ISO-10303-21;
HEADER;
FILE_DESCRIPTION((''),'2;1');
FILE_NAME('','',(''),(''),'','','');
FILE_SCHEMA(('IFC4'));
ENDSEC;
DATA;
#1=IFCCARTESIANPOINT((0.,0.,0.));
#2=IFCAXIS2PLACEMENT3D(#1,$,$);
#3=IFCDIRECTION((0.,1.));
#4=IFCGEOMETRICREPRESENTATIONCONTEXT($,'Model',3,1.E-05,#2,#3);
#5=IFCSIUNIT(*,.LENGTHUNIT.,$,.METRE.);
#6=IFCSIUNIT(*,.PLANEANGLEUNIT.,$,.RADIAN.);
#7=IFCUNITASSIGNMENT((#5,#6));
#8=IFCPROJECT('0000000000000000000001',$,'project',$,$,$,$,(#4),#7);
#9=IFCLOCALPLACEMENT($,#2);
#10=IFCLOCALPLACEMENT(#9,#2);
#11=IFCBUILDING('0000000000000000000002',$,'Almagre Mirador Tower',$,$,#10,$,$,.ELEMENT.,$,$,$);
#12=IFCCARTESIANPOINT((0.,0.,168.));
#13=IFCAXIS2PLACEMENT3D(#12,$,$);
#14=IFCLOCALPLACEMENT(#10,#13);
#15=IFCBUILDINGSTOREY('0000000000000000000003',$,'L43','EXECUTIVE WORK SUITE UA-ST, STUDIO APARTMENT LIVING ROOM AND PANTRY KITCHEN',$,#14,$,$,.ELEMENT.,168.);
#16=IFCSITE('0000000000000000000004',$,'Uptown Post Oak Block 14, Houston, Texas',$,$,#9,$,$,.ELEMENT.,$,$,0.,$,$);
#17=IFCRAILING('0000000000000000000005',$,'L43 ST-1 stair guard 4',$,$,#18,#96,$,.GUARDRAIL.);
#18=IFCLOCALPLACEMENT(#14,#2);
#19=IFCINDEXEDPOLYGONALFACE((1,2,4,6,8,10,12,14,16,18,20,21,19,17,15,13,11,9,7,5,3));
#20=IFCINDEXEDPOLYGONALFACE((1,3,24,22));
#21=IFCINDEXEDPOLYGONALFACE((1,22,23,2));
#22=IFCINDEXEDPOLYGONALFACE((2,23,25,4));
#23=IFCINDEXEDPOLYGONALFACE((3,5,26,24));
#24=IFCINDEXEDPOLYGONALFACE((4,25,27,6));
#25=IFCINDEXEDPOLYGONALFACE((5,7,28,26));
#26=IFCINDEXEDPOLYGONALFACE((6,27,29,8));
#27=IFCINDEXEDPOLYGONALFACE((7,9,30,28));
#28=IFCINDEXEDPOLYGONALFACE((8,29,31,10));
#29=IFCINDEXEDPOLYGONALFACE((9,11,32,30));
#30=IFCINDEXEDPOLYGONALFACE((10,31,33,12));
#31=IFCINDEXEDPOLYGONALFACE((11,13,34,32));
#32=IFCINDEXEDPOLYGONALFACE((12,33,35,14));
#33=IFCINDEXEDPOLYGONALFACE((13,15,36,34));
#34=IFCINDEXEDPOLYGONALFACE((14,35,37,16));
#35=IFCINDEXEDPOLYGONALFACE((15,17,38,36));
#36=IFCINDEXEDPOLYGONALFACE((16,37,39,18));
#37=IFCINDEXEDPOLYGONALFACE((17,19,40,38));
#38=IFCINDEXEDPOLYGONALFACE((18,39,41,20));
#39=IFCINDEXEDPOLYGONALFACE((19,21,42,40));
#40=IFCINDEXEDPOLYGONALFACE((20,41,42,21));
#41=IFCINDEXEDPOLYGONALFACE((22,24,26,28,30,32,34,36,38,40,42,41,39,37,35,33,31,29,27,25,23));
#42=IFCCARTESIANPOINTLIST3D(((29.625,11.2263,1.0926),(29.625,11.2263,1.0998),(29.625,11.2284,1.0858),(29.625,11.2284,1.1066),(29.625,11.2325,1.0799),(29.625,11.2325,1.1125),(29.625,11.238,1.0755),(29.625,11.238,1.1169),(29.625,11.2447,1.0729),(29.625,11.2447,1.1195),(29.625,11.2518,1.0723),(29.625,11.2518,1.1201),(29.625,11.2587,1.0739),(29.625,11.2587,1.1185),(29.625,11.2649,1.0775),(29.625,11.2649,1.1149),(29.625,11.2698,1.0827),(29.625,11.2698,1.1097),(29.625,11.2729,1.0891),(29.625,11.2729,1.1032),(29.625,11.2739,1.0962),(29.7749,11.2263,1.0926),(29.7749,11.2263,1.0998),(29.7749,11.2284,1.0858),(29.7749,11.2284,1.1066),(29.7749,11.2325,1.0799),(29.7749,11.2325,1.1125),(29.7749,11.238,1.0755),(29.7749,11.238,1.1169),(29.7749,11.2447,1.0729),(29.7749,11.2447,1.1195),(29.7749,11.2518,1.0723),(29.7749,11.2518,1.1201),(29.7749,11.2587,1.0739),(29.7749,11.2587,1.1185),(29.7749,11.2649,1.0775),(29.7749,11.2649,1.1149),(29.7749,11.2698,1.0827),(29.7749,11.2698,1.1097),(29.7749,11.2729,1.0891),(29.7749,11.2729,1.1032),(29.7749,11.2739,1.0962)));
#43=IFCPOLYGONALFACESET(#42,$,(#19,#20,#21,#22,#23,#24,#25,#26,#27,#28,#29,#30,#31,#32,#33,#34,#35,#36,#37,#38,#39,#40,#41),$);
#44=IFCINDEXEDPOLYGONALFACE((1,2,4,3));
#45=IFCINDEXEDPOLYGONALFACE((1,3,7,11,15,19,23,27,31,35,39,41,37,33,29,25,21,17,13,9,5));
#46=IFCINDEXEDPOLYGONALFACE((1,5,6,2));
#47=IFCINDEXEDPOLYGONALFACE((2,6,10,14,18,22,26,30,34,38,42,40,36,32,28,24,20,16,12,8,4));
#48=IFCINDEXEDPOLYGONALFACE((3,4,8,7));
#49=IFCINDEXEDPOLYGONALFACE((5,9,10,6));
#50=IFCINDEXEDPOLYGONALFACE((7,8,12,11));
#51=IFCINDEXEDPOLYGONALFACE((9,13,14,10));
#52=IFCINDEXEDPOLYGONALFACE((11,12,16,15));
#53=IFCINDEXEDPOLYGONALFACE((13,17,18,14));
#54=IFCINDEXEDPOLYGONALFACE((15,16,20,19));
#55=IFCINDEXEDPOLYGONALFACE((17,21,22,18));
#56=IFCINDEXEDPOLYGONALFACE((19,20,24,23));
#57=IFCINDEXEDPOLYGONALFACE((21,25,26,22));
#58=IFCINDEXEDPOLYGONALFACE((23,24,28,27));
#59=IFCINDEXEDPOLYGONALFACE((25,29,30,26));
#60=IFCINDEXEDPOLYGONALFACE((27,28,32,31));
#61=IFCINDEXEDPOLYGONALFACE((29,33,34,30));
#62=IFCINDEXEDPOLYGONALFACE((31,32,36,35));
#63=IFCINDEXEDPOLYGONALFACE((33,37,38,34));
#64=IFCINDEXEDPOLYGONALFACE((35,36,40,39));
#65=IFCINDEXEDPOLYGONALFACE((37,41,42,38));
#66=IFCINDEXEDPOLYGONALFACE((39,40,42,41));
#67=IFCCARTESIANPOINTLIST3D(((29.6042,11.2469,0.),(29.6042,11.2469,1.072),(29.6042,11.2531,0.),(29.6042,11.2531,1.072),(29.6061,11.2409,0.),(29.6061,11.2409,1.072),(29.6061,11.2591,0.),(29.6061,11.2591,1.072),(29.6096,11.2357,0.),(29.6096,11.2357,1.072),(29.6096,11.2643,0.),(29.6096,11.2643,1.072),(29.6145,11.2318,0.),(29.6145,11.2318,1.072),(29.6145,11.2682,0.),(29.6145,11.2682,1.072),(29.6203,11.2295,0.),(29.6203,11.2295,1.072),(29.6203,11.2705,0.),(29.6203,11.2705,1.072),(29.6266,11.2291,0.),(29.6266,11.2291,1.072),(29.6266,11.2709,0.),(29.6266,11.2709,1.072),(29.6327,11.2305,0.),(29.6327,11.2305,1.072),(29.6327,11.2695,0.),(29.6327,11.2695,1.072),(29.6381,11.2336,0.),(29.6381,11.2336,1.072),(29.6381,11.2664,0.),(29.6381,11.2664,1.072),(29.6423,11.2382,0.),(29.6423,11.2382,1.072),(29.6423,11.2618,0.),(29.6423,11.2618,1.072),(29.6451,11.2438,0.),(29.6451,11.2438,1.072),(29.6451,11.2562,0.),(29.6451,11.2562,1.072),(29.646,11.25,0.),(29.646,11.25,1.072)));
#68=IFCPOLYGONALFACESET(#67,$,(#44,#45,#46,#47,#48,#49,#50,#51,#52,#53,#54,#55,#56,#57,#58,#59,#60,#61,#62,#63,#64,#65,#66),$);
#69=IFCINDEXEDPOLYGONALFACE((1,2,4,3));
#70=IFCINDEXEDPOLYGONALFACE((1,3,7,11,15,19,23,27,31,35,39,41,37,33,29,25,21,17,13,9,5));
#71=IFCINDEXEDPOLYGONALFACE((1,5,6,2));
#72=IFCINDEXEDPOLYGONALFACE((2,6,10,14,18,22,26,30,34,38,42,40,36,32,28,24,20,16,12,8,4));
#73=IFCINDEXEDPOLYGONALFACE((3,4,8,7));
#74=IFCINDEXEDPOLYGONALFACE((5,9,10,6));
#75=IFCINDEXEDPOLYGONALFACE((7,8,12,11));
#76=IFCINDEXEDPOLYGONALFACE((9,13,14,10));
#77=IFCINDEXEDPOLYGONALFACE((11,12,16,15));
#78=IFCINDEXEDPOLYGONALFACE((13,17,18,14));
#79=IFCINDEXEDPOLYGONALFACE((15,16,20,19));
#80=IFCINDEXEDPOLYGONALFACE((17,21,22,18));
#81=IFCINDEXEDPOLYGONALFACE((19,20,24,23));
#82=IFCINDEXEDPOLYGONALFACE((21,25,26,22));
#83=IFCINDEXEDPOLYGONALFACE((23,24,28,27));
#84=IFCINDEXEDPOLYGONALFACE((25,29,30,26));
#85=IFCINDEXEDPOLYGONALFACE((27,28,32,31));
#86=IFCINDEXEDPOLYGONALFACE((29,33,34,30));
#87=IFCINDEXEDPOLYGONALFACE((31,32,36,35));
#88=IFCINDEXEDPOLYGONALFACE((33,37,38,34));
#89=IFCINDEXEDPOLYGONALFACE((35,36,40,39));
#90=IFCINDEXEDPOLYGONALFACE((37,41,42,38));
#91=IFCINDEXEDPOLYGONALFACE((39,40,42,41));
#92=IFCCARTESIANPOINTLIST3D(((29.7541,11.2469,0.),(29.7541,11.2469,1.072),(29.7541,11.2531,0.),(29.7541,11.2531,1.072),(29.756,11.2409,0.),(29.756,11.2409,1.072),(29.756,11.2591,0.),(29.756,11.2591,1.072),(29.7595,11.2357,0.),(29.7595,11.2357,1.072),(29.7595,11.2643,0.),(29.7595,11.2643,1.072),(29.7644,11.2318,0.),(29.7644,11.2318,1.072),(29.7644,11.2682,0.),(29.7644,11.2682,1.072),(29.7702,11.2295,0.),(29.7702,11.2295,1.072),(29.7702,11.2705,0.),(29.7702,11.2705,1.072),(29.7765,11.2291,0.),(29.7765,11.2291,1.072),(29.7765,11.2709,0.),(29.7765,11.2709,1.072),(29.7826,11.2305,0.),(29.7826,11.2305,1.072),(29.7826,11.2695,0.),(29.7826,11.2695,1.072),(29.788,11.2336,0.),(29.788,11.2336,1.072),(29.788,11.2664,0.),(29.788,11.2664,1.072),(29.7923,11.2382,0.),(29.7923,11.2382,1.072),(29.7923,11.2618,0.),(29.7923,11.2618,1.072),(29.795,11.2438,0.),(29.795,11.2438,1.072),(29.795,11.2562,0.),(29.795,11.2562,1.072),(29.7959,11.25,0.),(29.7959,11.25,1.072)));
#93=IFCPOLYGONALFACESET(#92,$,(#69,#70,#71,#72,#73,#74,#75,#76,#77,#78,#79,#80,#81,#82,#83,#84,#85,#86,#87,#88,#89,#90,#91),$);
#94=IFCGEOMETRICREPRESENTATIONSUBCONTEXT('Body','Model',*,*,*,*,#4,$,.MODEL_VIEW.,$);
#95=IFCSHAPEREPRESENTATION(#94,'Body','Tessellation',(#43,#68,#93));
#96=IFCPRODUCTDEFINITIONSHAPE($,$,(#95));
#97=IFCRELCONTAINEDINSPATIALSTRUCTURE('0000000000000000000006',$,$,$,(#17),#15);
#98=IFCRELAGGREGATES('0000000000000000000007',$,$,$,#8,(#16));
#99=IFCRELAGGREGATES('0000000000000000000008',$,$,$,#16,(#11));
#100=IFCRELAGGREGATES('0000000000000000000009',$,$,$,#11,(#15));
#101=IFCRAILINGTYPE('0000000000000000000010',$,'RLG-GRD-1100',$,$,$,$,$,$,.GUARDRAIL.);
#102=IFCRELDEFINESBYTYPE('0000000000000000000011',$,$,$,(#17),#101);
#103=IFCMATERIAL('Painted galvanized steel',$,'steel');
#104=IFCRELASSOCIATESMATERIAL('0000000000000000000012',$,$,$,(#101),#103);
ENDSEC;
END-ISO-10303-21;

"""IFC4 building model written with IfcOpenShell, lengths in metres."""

from ifc_helpers import new_model, si_unit, direction, frame, origin, origin_2d, place, context, subcontext, project, spatial, circle, extrude, material, type_object, element, save


model = new_model("IFC4")

# Units and contexts
model_context = context("Model", 3, precision=1e-05, world=origin(), true_north=direction((0.0, 1.0)))
body_context = subcontext(model_context, "Body", "Model", "MODEL_VIEW")
ifc_project = project(units=[si_unit("LENGTHUNIT", "METRE"), si_unit("PLANEANGLEUNIT", "RADIAN")], contexts=[model_context])

# Site, building, storey
site_placement = place(None, origin())
site = spatial("IfcSite", under=ifc_project, at=site_placement, Name="Uptown Post Oak Block 14, Houston, Texas", CompositionType="ELEMENT", RefElevation=0.0)
building_placement = place(site_placement, origin())
building = spatial("IfcBuilding", under=site, at=building_placement, Name="Almagre Mirador Tower", CompositionType="ELEMENT")
storey_placement = place(building_placement, frame((0.0, 0.0, 168.0)))
storey = spatial("IfcBuildingStorey", under=building, at=storey_placement, Name="L43", Description="EXECUTIVE WORK SUITE UA-ST, STUDIO APARTMENT LIVING ROOM AND PANTRY KITCHEN", CompositionType="ELEMENT", Elevation=168.0)

# Railing
ifc_material_1 = material(Name="Painted galvanized steel", Category="steel")
railing_type_1 = type_object("IfcRailingType", Name="RLG-GRD-1100", PredefinedType="GUARDRAIL", material=ifc_material_1)
railing_1_placement = place(storey_placement, frame((29.625, 11.25, 0.0)))
element("IfcRailing", 1, at=railing_1_placement, inside=storey, type_object=railing_type_1, Name="L43 ST-1 stair guard 4", PredefinedType="GUARDRAIL", context=body_context, shape_type="SweptSolid", body=[
    extrude(circle(Radius=0.0239, at=origin_2d()), frame((0.0, 0.0, 1.0962), z_axis=(1.0, 0.0, 0.0), x_axis=(0.0, 1.0, 0.0)), (0.0, 0.0, 1.0), 0.1499),
    extrude(circle(Radius=0.021, at=origin_2d()), origin(), (0.0, 0.0, 1.0), 1.072),
    extrude(circle(Radius=0.021, at=origin_2d()), frame((0.1499, 0.0, 0.0)), (0.0, 0.0, 1.0), 1.072),
])

save(model, "model.ifc")
